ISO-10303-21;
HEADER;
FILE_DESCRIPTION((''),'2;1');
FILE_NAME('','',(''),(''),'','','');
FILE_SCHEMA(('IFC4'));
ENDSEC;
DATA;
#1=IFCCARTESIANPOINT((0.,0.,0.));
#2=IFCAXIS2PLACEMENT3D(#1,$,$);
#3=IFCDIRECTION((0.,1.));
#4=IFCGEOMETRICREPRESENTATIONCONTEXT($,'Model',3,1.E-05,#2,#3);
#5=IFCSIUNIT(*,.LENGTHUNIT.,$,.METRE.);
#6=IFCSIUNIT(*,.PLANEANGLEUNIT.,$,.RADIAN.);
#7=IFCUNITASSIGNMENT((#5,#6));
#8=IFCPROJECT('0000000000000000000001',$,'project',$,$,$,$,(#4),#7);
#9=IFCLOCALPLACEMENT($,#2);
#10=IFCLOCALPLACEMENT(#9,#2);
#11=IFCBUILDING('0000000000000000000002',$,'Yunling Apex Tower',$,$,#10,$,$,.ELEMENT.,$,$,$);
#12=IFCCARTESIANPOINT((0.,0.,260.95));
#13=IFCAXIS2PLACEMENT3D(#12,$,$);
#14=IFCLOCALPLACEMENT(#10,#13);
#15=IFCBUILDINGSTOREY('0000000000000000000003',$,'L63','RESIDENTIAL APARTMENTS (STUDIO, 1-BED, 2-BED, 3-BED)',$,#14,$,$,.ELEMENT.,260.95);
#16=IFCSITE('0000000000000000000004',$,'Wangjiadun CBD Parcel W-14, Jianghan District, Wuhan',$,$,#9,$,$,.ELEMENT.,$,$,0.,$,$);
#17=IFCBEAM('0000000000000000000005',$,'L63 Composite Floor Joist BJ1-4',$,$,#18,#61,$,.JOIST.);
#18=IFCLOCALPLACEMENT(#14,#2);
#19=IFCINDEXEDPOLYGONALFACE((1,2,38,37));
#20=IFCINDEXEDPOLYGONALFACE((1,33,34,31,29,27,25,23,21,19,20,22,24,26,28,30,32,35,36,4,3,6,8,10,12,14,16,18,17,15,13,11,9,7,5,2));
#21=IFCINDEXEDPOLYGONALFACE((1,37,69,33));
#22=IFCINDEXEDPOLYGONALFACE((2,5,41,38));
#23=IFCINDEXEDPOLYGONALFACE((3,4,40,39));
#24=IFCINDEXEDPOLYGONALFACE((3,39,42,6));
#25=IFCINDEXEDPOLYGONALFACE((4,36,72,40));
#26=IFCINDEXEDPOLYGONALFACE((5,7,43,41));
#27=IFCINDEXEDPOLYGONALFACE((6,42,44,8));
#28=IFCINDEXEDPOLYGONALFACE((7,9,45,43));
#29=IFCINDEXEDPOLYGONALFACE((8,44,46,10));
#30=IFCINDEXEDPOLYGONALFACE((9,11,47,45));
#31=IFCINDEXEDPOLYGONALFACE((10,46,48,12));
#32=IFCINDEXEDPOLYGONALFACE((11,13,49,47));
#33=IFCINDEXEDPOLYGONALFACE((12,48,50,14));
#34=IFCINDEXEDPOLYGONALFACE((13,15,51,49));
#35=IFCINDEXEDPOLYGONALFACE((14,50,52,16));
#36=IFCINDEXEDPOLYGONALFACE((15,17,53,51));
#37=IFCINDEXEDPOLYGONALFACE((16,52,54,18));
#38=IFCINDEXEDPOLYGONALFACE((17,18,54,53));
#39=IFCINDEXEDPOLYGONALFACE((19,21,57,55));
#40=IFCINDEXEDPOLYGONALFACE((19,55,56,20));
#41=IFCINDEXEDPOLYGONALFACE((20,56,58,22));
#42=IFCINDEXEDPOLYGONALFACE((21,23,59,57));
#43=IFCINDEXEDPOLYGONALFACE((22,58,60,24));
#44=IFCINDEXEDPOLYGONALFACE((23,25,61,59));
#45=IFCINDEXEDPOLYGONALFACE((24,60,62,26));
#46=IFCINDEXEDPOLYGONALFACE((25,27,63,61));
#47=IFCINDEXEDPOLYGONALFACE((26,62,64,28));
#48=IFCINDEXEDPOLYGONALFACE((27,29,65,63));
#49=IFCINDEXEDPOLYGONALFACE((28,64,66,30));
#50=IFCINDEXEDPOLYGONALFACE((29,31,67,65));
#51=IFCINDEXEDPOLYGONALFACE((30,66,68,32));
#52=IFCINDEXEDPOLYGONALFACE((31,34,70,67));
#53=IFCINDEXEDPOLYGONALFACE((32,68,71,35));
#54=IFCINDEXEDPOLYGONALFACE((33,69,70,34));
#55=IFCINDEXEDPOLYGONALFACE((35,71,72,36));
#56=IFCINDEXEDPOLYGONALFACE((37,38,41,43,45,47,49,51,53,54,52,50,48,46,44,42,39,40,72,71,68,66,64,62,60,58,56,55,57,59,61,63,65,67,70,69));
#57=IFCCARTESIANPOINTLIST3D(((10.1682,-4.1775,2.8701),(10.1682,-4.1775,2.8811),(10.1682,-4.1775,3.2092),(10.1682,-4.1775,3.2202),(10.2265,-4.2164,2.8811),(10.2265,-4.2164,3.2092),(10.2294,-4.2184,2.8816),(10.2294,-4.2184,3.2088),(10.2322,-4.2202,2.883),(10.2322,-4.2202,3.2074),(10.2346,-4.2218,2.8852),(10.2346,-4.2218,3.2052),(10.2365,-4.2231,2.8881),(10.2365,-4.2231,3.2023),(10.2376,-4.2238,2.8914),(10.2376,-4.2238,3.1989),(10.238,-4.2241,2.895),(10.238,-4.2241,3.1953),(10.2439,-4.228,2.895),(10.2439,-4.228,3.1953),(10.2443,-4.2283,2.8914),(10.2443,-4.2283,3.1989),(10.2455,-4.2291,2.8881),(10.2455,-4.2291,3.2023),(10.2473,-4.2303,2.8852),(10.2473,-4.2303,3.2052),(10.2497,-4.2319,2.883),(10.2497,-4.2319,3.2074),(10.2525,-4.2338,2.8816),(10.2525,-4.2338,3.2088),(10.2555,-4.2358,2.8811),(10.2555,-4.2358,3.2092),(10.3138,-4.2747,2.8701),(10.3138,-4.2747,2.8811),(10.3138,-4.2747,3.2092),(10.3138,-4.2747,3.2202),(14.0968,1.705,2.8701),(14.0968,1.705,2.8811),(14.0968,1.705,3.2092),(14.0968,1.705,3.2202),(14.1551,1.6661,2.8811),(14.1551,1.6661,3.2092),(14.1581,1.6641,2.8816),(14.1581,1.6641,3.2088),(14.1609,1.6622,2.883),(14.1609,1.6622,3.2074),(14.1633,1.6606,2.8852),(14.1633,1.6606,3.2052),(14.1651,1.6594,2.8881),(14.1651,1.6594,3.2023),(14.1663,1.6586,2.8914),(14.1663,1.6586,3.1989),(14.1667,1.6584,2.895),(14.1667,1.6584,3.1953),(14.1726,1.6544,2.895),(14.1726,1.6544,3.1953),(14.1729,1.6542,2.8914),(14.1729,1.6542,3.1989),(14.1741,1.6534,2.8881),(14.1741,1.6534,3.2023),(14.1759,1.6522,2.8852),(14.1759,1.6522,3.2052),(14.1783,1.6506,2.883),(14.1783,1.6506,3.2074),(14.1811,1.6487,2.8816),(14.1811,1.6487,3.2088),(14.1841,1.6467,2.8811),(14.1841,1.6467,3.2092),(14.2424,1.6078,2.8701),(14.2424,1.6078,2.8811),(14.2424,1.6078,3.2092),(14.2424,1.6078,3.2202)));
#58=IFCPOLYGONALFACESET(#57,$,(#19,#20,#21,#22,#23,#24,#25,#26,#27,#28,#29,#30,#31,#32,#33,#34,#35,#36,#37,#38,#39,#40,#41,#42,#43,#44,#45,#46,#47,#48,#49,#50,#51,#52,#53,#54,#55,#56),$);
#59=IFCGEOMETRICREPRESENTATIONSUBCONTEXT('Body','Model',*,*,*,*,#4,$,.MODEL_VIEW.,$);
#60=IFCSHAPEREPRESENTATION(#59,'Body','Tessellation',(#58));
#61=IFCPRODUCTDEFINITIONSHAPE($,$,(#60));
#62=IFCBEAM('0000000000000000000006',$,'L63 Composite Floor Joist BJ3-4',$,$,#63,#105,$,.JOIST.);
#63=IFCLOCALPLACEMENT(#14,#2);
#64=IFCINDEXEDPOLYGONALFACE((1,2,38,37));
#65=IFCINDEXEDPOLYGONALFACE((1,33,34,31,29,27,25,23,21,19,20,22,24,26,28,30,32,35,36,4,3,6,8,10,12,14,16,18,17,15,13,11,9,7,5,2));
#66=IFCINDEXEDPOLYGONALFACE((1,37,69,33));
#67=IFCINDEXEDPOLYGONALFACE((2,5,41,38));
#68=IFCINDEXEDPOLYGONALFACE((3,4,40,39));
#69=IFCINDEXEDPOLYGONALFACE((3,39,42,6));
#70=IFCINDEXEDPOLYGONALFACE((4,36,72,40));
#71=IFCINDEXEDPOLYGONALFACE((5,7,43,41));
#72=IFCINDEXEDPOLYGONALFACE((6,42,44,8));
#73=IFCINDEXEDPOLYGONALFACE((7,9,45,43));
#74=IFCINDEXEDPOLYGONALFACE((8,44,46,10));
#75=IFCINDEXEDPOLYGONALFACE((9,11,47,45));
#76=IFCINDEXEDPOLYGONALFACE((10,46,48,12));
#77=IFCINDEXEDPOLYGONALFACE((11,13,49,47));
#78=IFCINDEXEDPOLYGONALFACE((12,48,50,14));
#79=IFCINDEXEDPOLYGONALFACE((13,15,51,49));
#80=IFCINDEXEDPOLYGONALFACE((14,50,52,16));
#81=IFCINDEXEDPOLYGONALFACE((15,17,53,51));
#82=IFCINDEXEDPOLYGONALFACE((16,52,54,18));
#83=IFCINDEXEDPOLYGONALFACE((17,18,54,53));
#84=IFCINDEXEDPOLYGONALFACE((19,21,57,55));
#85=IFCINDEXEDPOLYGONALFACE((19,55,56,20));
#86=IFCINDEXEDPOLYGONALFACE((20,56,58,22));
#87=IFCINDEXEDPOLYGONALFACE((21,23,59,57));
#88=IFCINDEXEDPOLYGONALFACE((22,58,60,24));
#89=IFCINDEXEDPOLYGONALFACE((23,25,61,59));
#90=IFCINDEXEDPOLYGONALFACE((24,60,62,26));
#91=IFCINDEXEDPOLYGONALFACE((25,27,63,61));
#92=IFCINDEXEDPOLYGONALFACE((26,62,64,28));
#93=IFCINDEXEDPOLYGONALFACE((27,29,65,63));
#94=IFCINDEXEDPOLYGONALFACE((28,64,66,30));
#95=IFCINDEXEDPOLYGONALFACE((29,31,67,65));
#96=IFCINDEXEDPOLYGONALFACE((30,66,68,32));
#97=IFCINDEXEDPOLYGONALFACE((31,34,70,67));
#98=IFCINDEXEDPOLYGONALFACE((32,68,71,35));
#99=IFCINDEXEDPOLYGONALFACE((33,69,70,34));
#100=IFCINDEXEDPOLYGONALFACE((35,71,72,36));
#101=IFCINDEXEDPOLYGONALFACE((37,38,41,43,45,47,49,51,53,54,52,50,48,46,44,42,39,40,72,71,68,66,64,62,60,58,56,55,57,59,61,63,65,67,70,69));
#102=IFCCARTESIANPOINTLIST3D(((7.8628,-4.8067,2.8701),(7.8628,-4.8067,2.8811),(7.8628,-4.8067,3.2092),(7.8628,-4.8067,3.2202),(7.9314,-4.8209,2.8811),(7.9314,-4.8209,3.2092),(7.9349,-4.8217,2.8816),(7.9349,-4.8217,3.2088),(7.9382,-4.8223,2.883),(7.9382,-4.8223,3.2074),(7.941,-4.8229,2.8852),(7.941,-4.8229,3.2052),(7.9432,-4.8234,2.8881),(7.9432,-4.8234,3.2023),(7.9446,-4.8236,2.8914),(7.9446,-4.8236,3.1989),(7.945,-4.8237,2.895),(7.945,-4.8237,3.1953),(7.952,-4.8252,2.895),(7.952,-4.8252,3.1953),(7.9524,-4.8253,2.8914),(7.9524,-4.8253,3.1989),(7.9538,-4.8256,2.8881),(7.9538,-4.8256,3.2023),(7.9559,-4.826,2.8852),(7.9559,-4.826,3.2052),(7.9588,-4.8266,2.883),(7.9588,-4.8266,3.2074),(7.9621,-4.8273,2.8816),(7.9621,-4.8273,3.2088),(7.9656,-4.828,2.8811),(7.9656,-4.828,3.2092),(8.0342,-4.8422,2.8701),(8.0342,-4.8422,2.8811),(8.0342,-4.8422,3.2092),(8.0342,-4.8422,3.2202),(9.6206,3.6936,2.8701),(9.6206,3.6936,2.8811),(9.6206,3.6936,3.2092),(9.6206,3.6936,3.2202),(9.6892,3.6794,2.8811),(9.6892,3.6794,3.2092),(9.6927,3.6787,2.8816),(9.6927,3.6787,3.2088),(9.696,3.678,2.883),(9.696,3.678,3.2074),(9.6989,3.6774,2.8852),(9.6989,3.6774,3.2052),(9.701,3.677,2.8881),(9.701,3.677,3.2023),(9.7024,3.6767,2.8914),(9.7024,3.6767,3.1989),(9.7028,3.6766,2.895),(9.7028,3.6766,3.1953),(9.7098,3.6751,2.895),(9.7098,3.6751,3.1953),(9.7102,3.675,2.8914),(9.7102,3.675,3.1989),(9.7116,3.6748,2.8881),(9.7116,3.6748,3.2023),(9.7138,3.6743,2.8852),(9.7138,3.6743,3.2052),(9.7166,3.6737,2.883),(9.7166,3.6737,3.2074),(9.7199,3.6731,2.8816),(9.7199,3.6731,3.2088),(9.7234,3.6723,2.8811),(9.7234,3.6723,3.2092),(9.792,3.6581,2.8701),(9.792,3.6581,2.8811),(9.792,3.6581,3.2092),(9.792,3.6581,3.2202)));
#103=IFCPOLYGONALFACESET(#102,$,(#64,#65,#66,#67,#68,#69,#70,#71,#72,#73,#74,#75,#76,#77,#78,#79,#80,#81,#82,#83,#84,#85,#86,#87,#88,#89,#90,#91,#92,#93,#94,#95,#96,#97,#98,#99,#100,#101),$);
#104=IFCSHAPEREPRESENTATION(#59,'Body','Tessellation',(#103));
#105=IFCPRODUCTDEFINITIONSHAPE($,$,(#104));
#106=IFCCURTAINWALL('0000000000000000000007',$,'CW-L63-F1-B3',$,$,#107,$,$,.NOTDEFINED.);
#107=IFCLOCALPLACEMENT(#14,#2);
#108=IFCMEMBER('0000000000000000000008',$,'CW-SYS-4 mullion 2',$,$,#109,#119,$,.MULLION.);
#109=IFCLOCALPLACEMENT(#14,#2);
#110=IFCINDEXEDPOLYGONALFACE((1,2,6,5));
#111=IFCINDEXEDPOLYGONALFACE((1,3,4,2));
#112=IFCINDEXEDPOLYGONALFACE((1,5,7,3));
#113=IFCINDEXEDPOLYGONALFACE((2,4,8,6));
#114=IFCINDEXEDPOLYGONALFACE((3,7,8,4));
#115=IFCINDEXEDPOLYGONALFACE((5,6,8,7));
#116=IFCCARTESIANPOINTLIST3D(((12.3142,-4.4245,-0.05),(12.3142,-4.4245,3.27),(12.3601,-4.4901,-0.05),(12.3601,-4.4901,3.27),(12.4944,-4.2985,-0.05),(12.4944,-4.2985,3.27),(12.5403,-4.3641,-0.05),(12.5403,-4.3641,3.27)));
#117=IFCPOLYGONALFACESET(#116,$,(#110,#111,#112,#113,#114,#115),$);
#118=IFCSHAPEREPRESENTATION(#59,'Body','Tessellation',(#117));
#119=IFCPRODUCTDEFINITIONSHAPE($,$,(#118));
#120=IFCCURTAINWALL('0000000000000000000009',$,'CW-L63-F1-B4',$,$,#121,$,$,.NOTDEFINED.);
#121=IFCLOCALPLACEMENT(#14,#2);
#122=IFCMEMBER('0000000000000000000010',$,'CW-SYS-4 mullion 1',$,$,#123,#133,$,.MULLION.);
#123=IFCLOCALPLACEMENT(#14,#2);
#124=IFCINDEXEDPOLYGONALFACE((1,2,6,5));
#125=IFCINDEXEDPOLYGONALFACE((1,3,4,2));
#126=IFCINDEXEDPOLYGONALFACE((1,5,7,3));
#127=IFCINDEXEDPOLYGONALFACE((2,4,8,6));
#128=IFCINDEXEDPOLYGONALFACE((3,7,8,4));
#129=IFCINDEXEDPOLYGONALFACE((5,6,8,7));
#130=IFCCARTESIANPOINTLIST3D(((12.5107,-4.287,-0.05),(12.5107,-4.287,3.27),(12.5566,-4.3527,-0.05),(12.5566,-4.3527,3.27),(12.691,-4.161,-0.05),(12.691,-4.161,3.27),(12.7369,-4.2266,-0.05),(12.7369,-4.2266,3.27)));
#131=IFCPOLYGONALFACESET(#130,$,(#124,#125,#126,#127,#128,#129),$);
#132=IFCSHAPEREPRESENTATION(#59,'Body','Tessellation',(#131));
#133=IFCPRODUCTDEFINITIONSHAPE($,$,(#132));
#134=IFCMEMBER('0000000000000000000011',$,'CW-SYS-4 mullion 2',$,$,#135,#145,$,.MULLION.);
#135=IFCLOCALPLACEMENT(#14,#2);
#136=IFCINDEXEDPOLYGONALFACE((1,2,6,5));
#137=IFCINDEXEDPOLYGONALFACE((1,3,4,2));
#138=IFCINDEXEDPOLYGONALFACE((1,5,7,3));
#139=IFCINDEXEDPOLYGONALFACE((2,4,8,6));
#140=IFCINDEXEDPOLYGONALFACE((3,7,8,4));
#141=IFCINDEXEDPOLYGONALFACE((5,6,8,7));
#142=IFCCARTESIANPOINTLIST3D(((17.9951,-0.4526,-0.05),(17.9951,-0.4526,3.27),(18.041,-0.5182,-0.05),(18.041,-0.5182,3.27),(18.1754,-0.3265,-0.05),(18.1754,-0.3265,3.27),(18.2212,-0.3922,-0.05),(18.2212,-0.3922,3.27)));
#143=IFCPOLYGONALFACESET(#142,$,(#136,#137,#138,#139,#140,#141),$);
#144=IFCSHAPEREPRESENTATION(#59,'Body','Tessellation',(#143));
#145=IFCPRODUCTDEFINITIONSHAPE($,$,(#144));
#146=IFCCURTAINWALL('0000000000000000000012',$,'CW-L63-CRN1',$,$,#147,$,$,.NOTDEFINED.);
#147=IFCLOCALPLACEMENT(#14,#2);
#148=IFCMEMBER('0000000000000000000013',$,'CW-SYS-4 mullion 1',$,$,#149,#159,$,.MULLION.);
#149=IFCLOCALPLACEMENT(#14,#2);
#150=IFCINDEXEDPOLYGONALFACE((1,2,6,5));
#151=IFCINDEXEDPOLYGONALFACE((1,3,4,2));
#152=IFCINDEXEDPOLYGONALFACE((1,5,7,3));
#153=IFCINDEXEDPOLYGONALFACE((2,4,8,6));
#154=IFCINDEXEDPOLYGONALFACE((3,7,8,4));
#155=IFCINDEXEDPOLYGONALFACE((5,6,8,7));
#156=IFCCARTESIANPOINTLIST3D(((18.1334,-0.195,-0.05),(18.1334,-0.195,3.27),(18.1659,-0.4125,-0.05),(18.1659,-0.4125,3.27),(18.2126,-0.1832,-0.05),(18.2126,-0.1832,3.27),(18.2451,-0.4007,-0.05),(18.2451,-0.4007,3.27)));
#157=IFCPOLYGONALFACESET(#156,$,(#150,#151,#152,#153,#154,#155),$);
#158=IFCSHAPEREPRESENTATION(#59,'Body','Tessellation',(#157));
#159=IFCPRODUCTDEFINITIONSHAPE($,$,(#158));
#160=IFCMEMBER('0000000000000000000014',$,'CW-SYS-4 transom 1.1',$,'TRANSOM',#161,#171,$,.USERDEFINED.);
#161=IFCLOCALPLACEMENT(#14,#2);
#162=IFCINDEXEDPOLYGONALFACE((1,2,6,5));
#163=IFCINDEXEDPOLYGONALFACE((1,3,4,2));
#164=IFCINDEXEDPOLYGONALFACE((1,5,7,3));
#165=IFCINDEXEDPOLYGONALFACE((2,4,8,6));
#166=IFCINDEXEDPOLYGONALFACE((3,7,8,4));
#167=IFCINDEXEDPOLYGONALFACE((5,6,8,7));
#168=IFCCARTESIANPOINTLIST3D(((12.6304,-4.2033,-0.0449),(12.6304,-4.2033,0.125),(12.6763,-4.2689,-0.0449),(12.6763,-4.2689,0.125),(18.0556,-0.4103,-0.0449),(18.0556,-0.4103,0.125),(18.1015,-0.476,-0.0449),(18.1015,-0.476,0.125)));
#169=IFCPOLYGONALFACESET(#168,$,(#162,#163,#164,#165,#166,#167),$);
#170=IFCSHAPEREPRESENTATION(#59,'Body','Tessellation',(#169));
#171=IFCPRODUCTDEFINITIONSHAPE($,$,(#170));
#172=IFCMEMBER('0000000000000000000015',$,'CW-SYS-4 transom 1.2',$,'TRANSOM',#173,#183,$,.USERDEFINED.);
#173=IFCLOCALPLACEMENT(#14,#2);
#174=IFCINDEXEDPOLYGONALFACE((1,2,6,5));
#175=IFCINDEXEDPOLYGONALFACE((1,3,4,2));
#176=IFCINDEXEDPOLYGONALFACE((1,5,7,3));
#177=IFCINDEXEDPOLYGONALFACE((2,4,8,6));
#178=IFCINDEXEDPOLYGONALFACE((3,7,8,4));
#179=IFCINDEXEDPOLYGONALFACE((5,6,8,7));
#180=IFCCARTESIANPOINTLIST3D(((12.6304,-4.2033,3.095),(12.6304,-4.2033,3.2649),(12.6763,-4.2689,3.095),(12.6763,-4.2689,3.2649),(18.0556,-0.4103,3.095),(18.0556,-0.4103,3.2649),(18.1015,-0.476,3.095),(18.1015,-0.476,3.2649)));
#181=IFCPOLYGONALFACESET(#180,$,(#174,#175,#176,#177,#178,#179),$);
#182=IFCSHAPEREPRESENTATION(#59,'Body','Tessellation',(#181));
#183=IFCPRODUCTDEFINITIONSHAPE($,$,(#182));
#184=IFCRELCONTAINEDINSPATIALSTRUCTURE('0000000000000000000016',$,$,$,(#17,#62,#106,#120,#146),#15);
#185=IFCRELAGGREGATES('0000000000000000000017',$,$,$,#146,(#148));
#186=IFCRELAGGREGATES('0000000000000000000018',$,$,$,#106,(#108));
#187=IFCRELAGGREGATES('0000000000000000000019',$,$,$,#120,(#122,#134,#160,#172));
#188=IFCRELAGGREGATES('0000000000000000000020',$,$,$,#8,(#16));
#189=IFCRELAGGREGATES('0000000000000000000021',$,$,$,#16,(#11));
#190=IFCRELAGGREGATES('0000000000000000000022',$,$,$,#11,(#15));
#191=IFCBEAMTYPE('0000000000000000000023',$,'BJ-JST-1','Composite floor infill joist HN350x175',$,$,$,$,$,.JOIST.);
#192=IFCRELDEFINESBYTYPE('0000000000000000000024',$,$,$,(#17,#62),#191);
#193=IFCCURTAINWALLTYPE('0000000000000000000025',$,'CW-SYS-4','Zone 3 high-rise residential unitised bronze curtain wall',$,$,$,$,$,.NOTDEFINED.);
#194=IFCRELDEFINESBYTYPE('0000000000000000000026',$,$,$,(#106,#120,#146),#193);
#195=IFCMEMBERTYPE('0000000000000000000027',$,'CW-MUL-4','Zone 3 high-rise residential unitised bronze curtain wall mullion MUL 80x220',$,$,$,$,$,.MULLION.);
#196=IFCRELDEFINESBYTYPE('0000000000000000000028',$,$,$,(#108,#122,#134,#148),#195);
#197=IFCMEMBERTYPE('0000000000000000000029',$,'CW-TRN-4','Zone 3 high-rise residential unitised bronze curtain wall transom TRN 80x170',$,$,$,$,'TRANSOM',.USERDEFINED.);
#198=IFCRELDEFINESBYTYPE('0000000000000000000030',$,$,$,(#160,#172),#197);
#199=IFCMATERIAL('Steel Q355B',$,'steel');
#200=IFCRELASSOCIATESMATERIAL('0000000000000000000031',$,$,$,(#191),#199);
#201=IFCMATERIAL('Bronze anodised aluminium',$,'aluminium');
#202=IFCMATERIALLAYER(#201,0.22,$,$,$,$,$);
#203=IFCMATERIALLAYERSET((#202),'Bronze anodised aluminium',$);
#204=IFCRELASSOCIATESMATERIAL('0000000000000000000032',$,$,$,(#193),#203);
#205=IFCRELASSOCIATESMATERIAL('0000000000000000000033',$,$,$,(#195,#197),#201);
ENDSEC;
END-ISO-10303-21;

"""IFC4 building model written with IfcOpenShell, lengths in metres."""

from ifc_helpers import new_model, si_unit, direction, frame, origin, origin_2d, place, context, subcontext, project, spatial, rectangle, i_section, extrude, source, transform, mapped, material, layer, layer_set, material_profile, profile_set, type_object, element, aggregate, save


model = new_model("IFC4")

# Units and contexts
model_context = context("Model", 3, precision=1e-05, world=origin(), true_north=direction((0.0, 1.0)))
body_context = subcontext(model_context, "Body", "Model", "MODEL_VIEW")
ifc_project = project(units=[si_unit("LENGTHUNIT", "METRE"), si_unit("PLANEANGLEUNIT", "RADIAN")], contexts=[model_context])

# Site, building, storey
site_placement = place(None, origin())
site = spatial("IfcSite", under=ifc_project, at=site_placement, Name="Wangjiadun CBD Parcel W-14, Jianghan District, Wuhan", CompositionType="ELEMENT", RefElevation=0.0)
building_placement = place(site_placement, origin())
building = spatial("IfcBuilding", under=site, at=building_placement, Name="Yunling Apex Tower", CompositionType="ELEMENT")
storey_placement = place(building_placement, frame((0.0, 0.0, 260.95)))
storey = spatial("IfcBuildingStorey", under=building, at=storey_placement, Name="L63", Description="RESIDENTIAL APARTMENTS (STUDIO, 1-BED, 2-BED, 3-BED)", CompositionType="ELEMENT", Elevation=260.95)

# Shared definitions
ifc_material_1 = material(Name="Steel Q355B", Category="steel")

# Beams
ifc_material_profile_1 = material_profile(ifc_material_1, i_section(OverallWidth=0.175, OverallDepth=0.3501, WebThickness=0.0071, FlangeThickness=0.011, FilletRadius=0.0139, at=origin_2d()))
ifc_profile_set_1 = profile_set([ifc_material_profile_1], Name="Steel Q355B")
beam_type_1 = type_object("IfcBeamType", Name="BJ-JST-1", Description="Composite floor infill joist HN350x175", PredefinedType="JOIST", material=ifc_profile_set_1)
shared_shape_1 = source(origin(), body_context, "Body", "SweptSolid", [
    extrude(i_section(OverallWidth=0.175, OverallDepth=0.3501, WebThickness=0.0071, FlangeThickness=0.011, FilletRadius=0.0139, at=origin_2d()), origin(), (0.0, 0.0, 1.0), 7.0737),
])
beam_1_placement = place(storey_placement, frame((10.241, -4.2261, 3.0452), z_axis=(0.555385, 0.831593, 0.0), x_axis=(-0.831593, 0.555385, 0.0)))
element("IfcBeam", 1, at=beam_1_placement, inside=storey, type_object=beam_type_1, Name="L63 Composite Floor Joist BJ1-4", PredefinedType="JOIST", context=body_context, shape_type="MappedRepresentation", body=[
    mapped(shared_shape_1, transform((0.0, 0.0, 0.0), scale=1.0)),
])
shared_shape_2 = source(origin(), body_context, "Body", "SweptSolid", [
    extrude(i_section(OverallWidth=0.175, OverallDepth=0.3501, WebThickness=0.0071, FlangeThickness=0.011, FilletRadius=0.0139, at=origin_2d()), origin(), (0.0, 0.0, 1.0), 8.6802),
])
beam_2_placement = place(storey_placement, frame((7.9485, -4.8245, 3.0452), z_axis=(0.202511, 0.97928, 0.0), x_axis=(-0.97928, 0.202511, 0.0)))
element("IfcBeam", 2, at=beam_2_placement, inside=storey, type_object=beam_type_1, Name="L63 Composite Floor Joist BJ3-4", PredefinedType="JOIST", context=body_context, shape_type="MappedRepresentation", body=[
    mapped(shared_shape_2, transform((0.0, 0.0, 0.0), scale=1.0)),
])

# Curtain wall, member
ifc_material_2 = material(Name="Bronze anodised aluminium", Category="aluminium")
ifc_layer_1 = layer(ifc_material_2, 0.22)
ifc_layer_set_1 = layer_set([ifc_layer_1], Name="Bronze anodised aluminium")
curtain_wall_type = type_object("IfcCurtainWallType", Name="CW-SYS-4", Description="Zone 3 high-rise residential unitised bronze curtain wall", PredefinedType="NOTDEFINED", material=ifc_layer_set_1)
curtain_wall_1_placement = place(storey_placement, origin())
curtain_wall_1 = element("IfcCurtainWall", 3, at=curtain_wall_1_placement, inside=storey, type_object=curtain_wall_type, Name="CW-L63-F1-B3", PredefinedType="NOTDEFINED")
ifc_material_profile_2 = material_profile(ifc_material_2, rectangle(XDim=0.0801, YDim=0.22, at=origin_2d()))
ifc_profile_set_2 = profile_set([ifc_material_profile_2], Name="Bronze anodised aluminium")
member_type_1 = type_object("IfcMemberType", Name="CW-MUL-4", Description="Zone 3 high-rise residential unitised bronze curtain wall mullion MUL 80x220", PredefinedType="MULLION", material=ifc_profile_set_2)
shared_shape_3 = source(origin(), body_context, "Body", "SweptSolid", [
    extrude(rectangle(XDim=0.0801, YDim=0.22, at=origin_2d()), origin(), (0.0, 0.0, 1.0), 3.3201),
])
member_1_placement = place(storey_placement, frame((12.4272, -4.3943, -0.05), z_axis=(0.0, 0.0, 1.0), x_axis=(-0.57301, 0.819548, 0.0)))
member_1 = element("IfcMember", 4, at=member_1_placement, type_object=member_type_1, Name="CW-SYS-4 mullion 2", PredefinedType="MULLION", context=body_context, shape_type="MappedRepresentation", body=[
    mapped(shared_shape_3, transform((0.0, 0.0, 0.0), scale=1.0)),
])

# Curtain wall, members
curtain_wall_2_placement = place(storey_placement, origin())
curtain_wall_2 = element("IfcCurtainWall", 5, at=curtain_wall_2_placement, inside=storey, type_object=curtain_wall_type, Name="CW-L63-F1-B4", PredefinedType="NOTDEFINED")
member_2_placement = place(storey_placement, frame((12.6238, -4.2568, -0.05), z_axis=(0.0, 0.0, 1.0), x_axis=(-0.573, 0.819555, 0.0)))
member_2 = element("IfcMember", 6, at=member_2_placement, type_object=member_type_1, Name="CW-SYS-4 mullion 1", PredefinedType="MULLION", context=body_context, shape_type="MappedRepresentation", body=[
    mapped(shared_shape_3, transform((0.0, 0.0, 0.0), scale=1.0)),
])
member_3_placement = place(storey_placement, frame((18.1082, -0.4224, -0.05), z_axis=(0.0, 0.0, 1.0), x_axis=(-0.573, 0.819555, 0.0)))
member_3 = element("IfcMember", 7, at=member_3_placement, type_object=member_type_1, Name="CW-SYS-4 mullion 2", PredefinedType="MULLION", context=body_context, shape_type="MappedRepresentation", body=[
    mapped(shared_shape_3, transform((0.0, 0.0, 0.0), scale=1.0)),
])

# Curtain wall, member
curtain_wall_3_placement = place(storey_placement, origin())
curtain_wall_3 = element("IfcCurtainWall", 8, at=curtain_wall_3_placement, inside=storey, type_object=curtain_wall_type, Name="CW-L63-CRN1", PredefinedType="NOTDEFINED")
member_4_placement = place(storey_placement, frame((18.1892, -0.2979, -0.05), z_axis=(0.0, 0.0, 1.0), x_axis=(-0.989017, -0.147803, 0.0)))
member_4 = element("IfcMember", 9, at=member_4_placement, type_object=member_type_1, Name="CW-SYS-4 mullion 1", PredefinedType="MULLION", context=body_context, shape_type="MappedRepresentation", body=[
    mapped(shared_shape_3, transform((0.0, 0.0, 0.0), scale=1.0)),
])

# Members
ifc_material_profile_3 = material_profile(ifc_material_2, rectangle(XDim=0.0801, YDim=0.1699, at=origin_2d()))
ifc_profile_set_3 = profile_set([ifc_material_profile_3], Name="Bronze anodised aluminium")
member_type_2 = type_object("IfcMemberType", Name="CW-TRN-4", Description="Zone 3 high-rise residential unitised bronze curtain wall transom TRN 80x170", ElementType="TRANSOM", PredefinedType="USERDEFINED", material=ifc_profile_set_3)
shared_shape_4 = source(origin(), body_context, "Body", "SweptSolid", [
    extrude(rectangle(XDim=0.0801, YDim=0.1699, at=origin_2d()), origin(), (0.0, 0.0, 1.0), 6.6196),
])
member_5_placement = place(storey_placement, frame((12.6533, -4.2361, 0.04), z_axis=(0.819568, 0.572982, 0.0), x_axis=(-0.572982, 0.819568, 0.0)))
member_5 = element("IfcMember", 10, at=member_5_placement, type_object=member_type_2, Name="CW-SYS-4 transom 1.1", ObjectType="TRANSOM", PredefinedType="USERDEFINED", context=body_context, shape_type="MappedRepresentation", body=[
    mapped(shared_shape_4, transform((0.0, 0.0, 0.0), scale=1.0)),
])
member_6_placement = place(storey_placement, frame((12.6533, -4.2361, 3.1799), z_axis=(0.819568, 0.572982, 0.0), x_axis=(-0.572982, 0.819568, 0.0)))
member_6 = element("IfcMember", 11, at=member_6_placement, type_object=member_type_2, Name="CW-SYS-4 transom 1.2", ObjectType="TRANSOM", PredefinedType="USERDEFINED", context=body_context, shape_type="MappedRepresentation", body=[
    mapped(shared_shape_4, transform((0.0, 0.0, 0.0), scale=1.0)),
])
aggregate(curtain_wall_3, [member_4])

aggregate(curtain_wall_1, [member_1])
aggregate(curtain_wall_2, [member_2, member_3, member_5, member_6])

save(model, "model.ifc")
